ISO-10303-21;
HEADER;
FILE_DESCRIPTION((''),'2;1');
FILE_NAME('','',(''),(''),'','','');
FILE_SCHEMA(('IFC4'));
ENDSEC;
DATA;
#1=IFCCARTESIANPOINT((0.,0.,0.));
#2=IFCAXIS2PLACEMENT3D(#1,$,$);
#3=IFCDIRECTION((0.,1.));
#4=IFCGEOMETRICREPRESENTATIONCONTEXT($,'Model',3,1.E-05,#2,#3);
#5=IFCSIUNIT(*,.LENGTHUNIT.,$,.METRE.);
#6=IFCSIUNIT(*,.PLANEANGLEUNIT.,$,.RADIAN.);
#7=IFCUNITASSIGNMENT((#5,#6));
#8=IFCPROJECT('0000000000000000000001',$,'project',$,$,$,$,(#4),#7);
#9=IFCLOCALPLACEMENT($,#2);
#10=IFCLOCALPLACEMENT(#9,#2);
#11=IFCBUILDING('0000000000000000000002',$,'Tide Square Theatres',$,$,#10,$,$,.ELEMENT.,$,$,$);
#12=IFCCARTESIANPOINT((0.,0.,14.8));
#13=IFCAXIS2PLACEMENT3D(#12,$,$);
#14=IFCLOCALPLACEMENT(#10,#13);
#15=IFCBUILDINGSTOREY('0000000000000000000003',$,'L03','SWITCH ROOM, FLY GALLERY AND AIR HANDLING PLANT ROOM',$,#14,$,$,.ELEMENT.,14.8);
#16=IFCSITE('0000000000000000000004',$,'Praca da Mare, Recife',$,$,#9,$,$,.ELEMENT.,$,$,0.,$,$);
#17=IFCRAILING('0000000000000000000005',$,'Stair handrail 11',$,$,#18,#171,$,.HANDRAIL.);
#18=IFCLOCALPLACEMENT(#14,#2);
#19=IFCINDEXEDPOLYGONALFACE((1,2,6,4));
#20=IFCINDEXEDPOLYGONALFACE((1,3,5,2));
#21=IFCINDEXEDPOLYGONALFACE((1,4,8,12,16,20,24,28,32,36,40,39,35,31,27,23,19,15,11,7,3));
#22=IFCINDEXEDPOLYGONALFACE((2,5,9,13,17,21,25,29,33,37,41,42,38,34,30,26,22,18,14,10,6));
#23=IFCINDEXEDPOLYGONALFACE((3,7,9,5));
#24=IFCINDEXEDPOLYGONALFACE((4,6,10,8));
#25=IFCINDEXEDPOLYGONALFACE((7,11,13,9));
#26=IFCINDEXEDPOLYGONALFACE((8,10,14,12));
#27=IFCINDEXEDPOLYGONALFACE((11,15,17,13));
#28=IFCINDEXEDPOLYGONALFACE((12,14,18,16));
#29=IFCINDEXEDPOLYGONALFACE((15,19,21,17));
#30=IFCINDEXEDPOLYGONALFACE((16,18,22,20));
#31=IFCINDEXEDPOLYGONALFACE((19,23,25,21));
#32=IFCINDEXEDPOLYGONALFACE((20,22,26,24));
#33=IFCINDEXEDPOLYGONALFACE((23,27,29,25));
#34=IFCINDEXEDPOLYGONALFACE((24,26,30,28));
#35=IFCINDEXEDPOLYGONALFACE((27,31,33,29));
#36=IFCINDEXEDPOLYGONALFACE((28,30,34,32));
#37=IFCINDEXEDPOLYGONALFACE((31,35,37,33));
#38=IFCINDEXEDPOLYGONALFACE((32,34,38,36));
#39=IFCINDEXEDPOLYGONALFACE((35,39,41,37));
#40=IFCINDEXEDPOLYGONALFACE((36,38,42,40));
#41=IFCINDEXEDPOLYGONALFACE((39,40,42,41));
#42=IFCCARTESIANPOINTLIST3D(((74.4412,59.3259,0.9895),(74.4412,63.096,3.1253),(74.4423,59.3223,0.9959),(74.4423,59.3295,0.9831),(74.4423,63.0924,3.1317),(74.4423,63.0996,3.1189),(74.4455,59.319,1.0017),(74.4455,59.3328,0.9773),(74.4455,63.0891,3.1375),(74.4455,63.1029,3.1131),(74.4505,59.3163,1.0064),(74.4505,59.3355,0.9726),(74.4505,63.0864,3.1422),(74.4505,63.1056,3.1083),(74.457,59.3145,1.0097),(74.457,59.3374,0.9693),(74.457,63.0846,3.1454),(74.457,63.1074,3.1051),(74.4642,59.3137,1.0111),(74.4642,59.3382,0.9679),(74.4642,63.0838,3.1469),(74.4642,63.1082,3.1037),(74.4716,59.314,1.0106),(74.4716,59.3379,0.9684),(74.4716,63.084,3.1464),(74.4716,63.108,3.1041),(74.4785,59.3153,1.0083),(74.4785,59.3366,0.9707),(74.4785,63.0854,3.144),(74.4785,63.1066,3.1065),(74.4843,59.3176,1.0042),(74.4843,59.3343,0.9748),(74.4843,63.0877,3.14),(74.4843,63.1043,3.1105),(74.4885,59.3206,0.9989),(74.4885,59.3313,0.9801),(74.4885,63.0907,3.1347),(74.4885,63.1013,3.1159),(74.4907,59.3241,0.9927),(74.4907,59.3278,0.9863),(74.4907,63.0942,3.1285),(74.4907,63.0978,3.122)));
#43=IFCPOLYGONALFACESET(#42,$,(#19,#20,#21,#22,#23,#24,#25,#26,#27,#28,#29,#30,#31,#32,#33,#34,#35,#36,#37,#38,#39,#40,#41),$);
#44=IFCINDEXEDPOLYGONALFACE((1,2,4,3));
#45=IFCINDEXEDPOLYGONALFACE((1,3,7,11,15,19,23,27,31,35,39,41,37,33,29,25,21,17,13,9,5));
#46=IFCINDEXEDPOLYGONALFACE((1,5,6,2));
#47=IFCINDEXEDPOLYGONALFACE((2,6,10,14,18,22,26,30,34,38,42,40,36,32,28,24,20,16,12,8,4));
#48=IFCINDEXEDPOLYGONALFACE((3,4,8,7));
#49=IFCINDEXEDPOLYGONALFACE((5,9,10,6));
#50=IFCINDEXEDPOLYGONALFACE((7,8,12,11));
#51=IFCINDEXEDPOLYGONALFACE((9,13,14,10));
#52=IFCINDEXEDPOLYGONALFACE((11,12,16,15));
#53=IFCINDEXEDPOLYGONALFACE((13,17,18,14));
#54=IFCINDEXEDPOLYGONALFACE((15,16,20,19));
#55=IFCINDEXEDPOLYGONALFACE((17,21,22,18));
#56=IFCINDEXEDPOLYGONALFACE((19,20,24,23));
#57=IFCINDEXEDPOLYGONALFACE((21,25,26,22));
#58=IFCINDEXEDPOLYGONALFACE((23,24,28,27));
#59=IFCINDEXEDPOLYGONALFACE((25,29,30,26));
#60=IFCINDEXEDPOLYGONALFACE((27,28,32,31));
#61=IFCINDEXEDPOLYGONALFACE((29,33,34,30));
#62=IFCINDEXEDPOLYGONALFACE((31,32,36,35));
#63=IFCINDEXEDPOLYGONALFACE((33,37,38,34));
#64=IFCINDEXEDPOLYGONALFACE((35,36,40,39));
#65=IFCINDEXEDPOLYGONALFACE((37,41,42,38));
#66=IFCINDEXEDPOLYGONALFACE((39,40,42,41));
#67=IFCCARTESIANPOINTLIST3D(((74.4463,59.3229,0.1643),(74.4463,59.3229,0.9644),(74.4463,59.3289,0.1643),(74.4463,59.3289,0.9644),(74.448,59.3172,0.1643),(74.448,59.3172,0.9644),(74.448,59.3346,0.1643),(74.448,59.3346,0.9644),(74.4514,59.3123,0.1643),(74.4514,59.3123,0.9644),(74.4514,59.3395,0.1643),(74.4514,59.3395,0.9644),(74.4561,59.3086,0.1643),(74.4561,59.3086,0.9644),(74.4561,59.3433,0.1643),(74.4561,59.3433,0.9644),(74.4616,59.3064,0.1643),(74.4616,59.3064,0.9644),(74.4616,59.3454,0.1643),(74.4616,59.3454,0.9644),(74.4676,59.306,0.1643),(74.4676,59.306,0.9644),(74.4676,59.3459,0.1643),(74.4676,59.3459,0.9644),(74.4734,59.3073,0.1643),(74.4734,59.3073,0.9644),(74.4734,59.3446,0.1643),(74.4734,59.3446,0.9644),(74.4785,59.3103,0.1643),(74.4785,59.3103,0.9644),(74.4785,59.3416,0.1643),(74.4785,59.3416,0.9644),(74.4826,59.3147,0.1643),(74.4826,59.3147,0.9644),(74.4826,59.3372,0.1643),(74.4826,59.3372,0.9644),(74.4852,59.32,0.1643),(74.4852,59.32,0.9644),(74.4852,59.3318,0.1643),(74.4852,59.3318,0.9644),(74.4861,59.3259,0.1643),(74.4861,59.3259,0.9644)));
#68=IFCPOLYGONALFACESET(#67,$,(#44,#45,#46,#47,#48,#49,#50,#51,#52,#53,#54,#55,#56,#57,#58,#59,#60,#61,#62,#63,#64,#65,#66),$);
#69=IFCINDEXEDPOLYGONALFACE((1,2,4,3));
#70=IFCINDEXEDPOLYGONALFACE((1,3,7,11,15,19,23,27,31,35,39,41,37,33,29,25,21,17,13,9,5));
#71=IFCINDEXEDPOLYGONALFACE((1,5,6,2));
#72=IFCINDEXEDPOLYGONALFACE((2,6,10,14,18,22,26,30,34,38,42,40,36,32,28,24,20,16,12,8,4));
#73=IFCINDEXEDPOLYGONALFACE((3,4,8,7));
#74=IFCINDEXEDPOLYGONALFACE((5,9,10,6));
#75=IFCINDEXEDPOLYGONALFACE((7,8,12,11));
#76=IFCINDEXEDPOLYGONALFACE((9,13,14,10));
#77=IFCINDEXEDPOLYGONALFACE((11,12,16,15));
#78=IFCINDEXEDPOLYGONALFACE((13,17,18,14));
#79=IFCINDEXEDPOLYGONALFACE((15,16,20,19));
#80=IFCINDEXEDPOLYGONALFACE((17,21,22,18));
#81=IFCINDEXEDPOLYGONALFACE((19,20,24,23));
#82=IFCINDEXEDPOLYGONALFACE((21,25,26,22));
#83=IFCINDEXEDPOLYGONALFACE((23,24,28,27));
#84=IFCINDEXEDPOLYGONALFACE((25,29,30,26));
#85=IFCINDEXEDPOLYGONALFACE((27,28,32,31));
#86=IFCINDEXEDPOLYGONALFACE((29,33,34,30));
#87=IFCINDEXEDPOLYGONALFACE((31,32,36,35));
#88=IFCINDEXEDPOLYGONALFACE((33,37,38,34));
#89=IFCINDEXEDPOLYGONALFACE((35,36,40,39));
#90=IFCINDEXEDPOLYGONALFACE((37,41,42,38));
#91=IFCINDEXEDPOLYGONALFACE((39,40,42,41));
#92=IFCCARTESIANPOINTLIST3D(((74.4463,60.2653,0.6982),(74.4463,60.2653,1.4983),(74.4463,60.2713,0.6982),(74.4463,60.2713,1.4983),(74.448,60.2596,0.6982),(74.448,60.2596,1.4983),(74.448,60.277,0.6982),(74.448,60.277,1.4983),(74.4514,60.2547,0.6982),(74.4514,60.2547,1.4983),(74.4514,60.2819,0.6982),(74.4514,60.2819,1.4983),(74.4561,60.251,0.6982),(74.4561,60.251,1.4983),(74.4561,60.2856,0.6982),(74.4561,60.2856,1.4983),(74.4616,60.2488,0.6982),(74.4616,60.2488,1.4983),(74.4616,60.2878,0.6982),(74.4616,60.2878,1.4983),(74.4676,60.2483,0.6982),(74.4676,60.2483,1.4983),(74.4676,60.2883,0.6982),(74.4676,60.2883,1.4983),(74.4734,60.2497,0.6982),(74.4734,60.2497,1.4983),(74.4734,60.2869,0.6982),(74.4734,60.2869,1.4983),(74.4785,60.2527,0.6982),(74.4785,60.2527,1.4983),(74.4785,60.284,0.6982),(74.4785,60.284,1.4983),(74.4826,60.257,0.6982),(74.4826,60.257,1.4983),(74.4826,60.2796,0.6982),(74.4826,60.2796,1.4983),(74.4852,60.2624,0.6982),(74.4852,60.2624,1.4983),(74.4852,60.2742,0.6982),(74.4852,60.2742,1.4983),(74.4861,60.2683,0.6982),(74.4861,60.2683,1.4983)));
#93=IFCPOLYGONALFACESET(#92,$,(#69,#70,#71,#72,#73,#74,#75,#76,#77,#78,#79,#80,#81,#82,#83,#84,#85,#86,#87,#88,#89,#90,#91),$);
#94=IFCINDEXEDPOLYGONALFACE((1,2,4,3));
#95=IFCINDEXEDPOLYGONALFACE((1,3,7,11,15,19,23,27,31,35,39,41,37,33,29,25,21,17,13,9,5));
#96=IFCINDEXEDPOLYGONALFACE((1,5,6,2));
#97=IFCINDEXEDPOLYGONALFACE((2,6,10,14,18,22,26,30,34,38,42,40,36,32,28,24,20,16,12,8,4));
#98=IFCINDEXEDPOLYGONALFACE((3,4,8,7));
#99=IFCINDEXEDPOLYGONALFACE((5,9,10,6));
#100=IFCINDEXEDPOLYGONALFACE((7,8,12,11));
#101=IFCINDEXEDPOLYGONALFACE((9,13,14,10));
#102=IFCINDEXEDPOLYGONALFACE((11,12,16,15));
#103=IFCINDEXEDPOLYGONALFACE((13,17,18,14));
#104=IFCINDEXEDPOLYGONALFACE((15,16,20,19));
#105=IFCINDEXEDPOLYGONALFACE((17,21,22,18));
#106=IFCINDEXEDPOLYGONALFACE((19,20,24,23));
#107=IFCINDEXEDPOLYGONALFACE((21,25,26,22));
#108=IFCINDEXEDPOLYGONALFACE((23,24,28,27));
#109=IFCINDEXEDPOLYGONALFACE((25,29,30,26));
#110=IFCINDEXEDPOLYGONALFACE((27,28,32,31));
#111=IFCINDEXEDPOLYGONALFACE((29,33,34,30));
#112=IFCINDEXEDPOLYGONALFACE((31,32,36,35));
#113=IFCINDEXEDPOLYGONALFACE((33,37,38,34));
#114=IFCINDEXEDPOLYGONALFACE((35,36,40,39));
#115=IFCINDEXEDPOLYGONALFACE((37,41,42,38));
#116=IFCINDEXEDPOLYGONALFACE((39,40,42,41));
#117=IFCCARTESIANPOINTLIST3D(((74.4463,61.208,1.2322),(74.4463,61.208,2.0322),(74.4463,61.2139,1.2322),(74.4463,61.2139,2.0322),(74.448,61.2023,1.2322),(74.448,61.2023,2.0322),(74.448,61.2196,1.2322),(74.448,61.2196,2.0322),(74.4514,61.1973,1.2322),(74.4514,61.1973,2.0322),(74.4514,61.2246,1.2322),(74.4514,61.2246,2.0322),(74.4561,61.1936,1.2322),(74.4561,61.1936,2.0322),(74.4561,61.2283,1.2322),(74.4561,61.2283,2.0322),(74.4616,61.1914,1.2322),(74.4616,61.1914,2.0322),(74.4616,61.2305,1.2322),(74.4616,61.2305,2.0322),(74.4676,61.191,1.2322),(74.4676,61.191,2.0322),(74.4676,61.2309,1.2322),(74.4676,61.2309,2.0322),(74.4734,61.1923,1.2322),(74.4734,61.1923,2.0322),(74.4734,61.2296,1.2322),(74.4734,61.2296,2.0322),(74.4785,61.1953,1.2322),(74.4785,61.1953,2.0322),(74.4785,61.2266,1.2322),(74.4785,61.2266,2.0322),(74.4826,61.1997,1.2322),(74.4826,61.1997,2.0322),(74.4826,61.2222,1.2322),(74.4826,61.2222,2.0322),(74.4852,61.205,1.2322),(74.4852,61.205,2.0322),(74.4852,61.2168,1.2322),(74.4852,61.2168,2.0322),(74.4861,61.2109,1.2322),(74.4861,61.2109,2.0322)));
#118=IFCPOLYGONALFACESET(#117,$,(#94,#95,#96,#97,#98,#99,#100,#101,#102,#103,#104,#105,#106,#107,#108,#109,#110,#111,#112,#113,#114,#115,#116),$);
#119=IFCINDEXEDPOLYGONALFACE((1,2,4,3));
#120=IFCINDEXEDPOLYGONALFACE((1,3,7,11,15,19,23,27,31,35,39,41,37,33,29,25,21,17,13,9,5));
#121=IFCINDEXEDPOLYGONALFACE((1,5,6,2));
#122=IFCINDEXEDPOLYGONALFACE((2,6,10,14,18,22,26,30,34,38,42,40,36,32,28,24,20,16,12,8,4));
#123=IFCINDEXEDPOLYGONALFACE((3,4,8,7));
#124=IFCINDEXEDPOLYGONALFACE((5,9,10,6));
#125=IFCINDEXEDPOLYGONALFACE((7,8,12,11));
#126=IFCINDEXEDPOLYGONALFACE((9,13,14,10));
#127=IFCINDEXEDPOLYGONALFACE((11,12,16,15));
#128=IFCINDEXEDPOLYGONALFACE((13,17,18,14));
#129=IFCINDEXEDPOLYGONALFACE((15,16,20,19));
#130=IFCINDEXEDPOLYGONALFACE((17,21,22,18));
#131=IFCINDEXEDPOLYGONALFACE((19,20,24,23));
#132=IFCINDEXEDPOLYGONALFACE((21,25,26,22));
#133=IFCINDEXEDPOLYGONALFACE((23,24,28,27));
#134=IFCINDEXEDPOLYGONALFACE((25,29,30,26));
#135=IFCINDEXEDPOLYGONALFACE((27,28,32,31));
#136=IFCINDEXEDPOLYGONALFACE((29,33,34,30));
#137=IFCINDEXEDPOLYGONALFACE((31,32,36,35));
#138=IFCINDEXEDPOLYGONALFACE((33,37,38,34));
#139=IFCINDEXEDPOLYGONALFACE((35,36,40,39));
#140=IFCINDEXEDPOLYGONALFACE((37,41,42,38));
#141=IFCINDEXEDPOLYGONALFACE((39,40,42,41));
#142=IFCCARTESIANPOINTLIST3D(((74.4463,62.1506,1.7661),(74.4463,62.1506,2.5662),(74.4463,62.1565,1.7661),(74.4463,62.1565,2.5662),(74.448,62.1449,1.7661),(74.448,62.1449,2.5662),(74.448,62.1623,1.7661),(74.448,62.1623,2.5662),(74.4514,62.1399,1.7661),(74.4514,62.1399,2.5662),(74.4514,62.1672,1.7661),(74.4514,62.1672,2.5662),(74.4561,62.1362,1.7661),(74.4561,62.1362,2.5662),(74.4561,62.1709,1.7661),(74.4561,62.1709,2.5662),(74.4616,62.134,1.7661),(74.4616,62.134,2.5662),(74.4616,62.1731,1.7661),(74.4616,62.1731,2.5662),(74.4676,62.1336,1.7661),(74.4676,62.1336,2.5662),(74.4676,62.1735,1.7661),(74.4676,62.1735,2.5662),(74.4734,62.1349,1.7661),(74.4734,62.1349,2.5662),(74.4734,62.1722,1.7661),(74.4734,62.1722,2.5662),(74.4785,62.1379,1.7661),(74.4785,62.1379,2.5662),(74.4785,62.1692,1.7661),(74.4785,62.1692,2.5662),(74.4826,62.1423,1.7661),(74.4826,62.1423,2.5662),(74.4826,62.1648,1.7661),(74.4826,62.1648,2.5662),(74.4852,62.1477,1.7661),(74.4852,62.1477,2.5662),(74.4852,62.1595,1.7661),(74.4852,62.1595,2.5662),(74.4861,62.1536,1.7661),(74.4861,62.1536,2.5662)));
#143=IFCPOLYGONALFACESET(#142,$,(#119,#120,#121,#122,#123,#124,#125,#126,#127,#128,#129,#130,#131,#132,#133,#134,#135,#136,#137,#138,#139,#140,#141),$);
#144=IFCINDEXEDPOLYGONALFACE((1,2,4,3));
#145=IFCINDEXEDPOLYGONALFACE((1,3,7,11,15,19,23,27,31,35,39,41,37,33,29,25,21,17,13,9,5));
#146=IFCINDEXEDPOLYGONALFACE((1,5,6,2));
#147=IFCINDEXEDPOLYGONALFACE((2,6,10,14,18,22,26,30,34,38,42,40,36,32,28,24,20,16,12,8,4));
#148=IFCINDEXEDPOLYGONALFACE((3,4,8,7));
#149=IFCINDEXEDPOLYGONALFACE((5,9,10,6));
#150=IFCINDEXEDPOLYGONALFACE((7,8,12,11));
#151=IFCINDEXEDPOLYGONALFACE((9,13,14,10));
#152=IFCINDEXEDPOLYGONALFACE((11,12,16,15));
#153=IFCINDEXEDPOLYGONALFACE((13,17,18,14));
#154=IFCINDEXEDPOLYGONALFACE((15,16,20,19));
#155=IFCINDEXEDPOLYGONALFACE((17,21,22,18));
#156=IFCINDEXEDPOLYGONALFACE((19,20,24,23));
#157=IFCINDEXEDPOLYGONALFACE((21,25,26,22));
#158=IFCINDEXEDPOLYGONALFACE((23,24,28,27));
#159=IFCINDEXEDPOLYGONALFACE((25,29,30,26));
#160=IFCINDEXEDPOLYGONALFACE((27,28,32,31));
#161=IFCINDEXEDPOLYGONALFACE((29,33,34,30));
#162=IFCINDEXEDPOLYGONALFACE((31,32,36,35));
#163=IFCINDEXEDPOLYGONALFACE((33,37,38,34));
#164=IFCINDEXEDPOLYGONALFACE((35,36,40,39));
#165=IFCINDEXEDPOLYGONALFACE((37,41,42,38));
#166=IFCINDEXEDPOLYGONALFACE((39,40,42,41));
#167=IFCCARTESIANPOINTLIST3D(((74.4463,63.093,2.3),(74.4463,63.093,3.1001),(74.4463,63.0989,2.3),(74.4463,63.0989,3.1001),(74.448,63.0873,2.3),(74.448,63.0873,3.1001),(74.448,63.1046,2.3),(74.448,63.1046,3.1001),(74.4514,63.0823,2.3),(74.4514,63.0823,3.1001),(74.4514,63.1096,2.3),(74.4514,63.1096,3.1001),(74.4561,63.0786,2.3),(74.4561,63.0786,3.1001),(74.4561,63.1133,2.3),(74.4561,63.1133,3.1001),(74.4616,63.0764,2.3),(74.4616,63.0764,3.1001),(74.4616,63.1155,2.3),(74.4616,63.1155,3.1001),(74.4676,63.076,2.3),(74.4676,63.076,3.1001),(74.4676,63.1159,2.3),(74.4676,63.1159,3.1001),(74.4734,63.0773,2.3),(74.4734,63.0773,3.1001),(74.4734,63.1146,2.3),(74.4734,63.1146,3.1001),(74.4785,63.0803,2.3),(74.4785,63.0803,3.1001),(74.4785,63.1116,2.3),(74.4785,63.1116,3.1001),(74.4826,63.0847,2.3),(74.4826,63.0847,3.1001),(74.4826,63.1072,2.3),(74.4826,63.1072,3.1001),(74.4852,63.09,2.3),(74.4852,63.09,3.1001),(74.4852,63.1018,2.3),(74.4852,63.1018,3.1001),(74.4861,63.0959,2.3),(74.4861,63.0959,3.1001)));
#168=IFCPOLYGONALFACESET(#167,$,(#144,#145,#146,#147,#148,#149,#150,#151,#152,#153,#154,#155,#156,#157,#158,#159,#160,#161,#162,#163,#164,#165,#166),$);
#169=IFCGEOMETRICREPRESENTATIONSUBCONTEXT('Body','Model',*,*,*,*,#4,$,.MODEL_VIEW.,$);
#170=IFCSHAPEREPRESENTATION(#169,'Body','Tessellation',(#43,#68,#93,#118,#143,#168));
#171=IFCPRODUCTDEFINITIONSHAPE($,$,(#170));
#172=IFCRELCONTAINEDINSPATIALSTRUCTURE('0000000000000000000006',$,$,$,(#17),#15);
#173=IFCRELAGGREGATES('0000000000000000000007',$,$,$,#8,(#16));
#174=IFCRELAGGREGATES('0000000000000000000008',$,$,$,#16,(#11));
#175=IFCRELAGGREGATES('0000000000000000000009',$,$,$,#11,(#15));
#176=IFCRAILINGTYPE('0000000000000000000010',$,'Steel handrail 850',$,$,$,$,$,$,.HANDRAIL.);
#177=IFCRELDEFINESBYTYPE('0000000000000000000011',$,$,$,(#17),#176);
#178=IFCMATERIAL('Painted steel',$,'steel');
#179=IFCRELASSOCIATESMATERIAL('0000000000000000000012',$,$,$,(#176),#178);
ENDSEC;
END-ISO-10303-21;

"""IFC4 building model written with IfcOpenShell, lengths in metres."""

from ifc_helpers import new_model, si_unit, direction, frame, origin, origin_2d, place, context, subcontext, project, spatial, circle, extrude, material, type_object, element, save


model = new_model("IFC4")

# Units and contexts
model_context = context("Model", 3, precision=1e-05, world=origin(), true_north=direction((0.0, 1.0)))
body_context = subcontext(model_context, "Body", "Model", "MODEL_VIEW")
ifc_project = project(units=[si_unit("LENGTHUNIT", "METRE"), si_unit("PLANEANGLEUNIT", "RADIAN")], contexts=[model_context])

# Site, building, storey
site_placement = place(None, origin())
site = spatial("IfcSite", under=ifc_project, at=site_placement, Name="Praca da Mare, Recife", CompositionType="ELEMENT", RefElevation=0.0)
building_placement = place(site_placement, origin())
building = spatial("IfcBuilding", under=site, at=building_placement, Name="Tide Square Theatres", CompositionType="ELEMENT")
storey_placement = place(building_placement, frame((0.0, 0.0, 14.8)))
storey = spatial("IfcBuildingStorey", under=building, at=storey_placement, Name="L03", Description="SWITCH ROOM, FLY GALLERY AND AIR HANDLING PLANT ROOM", CompositionType="ELEMENT", Elevation=14.8)

# Railing
ifc_material_1 = material(Name="Painted steel", Category="steel")
railing_type_1 = type_object("IfcRailingType", Name="Steel handrail 850", PredefinedType="HANDRAIL", material=ifc_material_1)
for number, where, name in (
    (1, (74.4661, 59.3259, 0.1643), "Stair handrail 11"),
):
    element("IfcRailing", number, at=place(storey_placement, frame(where)), inside=storey, type_object=railing_type_1, Name=name, PredefinedType="HANDRAIL", context=body_context, shape_type="SweptSolid", body=[
        extrude(circle(Radius=0.0249, at=origin_2d()), frame((0.0, 0.0, 0.8252), z_axis=(0.0, 0.870082, 0.492907), x_axis=(-1.0, 0.0, 0.0)), (0.0, 0.0, 1.0), 4.333),
        extrude(circle(Radius=0.02, at=origin_2d()), origin(), (0.0, 0.0, 1.0), 0.8),
        extrude(circle(Radius=0.02, at=origin_2d()), frame((0.0, 0.9424, 0.5339)), (0.0, 0.0, 1.0), 0.8),
        extrude(circle(Radius=0.02, at=origin_2d()), frame((0.0, 1.885, 1.0679)), (0.0, 0.0, 1.0), 0.8),
        extrude(circle(Radius=0.02, at=origin_2d()), frame((0.0, 2.8276, 1.6018)), (0.0, 0.0, 1.0), 0.8),
        extrude(circle(Radius=0.02, at=origin_2d()), frame((0.0, 3.77, 2.1357)), (0.0, 0.0, 1.0), 0.8),
    ])

save(model, "model.ifc")
